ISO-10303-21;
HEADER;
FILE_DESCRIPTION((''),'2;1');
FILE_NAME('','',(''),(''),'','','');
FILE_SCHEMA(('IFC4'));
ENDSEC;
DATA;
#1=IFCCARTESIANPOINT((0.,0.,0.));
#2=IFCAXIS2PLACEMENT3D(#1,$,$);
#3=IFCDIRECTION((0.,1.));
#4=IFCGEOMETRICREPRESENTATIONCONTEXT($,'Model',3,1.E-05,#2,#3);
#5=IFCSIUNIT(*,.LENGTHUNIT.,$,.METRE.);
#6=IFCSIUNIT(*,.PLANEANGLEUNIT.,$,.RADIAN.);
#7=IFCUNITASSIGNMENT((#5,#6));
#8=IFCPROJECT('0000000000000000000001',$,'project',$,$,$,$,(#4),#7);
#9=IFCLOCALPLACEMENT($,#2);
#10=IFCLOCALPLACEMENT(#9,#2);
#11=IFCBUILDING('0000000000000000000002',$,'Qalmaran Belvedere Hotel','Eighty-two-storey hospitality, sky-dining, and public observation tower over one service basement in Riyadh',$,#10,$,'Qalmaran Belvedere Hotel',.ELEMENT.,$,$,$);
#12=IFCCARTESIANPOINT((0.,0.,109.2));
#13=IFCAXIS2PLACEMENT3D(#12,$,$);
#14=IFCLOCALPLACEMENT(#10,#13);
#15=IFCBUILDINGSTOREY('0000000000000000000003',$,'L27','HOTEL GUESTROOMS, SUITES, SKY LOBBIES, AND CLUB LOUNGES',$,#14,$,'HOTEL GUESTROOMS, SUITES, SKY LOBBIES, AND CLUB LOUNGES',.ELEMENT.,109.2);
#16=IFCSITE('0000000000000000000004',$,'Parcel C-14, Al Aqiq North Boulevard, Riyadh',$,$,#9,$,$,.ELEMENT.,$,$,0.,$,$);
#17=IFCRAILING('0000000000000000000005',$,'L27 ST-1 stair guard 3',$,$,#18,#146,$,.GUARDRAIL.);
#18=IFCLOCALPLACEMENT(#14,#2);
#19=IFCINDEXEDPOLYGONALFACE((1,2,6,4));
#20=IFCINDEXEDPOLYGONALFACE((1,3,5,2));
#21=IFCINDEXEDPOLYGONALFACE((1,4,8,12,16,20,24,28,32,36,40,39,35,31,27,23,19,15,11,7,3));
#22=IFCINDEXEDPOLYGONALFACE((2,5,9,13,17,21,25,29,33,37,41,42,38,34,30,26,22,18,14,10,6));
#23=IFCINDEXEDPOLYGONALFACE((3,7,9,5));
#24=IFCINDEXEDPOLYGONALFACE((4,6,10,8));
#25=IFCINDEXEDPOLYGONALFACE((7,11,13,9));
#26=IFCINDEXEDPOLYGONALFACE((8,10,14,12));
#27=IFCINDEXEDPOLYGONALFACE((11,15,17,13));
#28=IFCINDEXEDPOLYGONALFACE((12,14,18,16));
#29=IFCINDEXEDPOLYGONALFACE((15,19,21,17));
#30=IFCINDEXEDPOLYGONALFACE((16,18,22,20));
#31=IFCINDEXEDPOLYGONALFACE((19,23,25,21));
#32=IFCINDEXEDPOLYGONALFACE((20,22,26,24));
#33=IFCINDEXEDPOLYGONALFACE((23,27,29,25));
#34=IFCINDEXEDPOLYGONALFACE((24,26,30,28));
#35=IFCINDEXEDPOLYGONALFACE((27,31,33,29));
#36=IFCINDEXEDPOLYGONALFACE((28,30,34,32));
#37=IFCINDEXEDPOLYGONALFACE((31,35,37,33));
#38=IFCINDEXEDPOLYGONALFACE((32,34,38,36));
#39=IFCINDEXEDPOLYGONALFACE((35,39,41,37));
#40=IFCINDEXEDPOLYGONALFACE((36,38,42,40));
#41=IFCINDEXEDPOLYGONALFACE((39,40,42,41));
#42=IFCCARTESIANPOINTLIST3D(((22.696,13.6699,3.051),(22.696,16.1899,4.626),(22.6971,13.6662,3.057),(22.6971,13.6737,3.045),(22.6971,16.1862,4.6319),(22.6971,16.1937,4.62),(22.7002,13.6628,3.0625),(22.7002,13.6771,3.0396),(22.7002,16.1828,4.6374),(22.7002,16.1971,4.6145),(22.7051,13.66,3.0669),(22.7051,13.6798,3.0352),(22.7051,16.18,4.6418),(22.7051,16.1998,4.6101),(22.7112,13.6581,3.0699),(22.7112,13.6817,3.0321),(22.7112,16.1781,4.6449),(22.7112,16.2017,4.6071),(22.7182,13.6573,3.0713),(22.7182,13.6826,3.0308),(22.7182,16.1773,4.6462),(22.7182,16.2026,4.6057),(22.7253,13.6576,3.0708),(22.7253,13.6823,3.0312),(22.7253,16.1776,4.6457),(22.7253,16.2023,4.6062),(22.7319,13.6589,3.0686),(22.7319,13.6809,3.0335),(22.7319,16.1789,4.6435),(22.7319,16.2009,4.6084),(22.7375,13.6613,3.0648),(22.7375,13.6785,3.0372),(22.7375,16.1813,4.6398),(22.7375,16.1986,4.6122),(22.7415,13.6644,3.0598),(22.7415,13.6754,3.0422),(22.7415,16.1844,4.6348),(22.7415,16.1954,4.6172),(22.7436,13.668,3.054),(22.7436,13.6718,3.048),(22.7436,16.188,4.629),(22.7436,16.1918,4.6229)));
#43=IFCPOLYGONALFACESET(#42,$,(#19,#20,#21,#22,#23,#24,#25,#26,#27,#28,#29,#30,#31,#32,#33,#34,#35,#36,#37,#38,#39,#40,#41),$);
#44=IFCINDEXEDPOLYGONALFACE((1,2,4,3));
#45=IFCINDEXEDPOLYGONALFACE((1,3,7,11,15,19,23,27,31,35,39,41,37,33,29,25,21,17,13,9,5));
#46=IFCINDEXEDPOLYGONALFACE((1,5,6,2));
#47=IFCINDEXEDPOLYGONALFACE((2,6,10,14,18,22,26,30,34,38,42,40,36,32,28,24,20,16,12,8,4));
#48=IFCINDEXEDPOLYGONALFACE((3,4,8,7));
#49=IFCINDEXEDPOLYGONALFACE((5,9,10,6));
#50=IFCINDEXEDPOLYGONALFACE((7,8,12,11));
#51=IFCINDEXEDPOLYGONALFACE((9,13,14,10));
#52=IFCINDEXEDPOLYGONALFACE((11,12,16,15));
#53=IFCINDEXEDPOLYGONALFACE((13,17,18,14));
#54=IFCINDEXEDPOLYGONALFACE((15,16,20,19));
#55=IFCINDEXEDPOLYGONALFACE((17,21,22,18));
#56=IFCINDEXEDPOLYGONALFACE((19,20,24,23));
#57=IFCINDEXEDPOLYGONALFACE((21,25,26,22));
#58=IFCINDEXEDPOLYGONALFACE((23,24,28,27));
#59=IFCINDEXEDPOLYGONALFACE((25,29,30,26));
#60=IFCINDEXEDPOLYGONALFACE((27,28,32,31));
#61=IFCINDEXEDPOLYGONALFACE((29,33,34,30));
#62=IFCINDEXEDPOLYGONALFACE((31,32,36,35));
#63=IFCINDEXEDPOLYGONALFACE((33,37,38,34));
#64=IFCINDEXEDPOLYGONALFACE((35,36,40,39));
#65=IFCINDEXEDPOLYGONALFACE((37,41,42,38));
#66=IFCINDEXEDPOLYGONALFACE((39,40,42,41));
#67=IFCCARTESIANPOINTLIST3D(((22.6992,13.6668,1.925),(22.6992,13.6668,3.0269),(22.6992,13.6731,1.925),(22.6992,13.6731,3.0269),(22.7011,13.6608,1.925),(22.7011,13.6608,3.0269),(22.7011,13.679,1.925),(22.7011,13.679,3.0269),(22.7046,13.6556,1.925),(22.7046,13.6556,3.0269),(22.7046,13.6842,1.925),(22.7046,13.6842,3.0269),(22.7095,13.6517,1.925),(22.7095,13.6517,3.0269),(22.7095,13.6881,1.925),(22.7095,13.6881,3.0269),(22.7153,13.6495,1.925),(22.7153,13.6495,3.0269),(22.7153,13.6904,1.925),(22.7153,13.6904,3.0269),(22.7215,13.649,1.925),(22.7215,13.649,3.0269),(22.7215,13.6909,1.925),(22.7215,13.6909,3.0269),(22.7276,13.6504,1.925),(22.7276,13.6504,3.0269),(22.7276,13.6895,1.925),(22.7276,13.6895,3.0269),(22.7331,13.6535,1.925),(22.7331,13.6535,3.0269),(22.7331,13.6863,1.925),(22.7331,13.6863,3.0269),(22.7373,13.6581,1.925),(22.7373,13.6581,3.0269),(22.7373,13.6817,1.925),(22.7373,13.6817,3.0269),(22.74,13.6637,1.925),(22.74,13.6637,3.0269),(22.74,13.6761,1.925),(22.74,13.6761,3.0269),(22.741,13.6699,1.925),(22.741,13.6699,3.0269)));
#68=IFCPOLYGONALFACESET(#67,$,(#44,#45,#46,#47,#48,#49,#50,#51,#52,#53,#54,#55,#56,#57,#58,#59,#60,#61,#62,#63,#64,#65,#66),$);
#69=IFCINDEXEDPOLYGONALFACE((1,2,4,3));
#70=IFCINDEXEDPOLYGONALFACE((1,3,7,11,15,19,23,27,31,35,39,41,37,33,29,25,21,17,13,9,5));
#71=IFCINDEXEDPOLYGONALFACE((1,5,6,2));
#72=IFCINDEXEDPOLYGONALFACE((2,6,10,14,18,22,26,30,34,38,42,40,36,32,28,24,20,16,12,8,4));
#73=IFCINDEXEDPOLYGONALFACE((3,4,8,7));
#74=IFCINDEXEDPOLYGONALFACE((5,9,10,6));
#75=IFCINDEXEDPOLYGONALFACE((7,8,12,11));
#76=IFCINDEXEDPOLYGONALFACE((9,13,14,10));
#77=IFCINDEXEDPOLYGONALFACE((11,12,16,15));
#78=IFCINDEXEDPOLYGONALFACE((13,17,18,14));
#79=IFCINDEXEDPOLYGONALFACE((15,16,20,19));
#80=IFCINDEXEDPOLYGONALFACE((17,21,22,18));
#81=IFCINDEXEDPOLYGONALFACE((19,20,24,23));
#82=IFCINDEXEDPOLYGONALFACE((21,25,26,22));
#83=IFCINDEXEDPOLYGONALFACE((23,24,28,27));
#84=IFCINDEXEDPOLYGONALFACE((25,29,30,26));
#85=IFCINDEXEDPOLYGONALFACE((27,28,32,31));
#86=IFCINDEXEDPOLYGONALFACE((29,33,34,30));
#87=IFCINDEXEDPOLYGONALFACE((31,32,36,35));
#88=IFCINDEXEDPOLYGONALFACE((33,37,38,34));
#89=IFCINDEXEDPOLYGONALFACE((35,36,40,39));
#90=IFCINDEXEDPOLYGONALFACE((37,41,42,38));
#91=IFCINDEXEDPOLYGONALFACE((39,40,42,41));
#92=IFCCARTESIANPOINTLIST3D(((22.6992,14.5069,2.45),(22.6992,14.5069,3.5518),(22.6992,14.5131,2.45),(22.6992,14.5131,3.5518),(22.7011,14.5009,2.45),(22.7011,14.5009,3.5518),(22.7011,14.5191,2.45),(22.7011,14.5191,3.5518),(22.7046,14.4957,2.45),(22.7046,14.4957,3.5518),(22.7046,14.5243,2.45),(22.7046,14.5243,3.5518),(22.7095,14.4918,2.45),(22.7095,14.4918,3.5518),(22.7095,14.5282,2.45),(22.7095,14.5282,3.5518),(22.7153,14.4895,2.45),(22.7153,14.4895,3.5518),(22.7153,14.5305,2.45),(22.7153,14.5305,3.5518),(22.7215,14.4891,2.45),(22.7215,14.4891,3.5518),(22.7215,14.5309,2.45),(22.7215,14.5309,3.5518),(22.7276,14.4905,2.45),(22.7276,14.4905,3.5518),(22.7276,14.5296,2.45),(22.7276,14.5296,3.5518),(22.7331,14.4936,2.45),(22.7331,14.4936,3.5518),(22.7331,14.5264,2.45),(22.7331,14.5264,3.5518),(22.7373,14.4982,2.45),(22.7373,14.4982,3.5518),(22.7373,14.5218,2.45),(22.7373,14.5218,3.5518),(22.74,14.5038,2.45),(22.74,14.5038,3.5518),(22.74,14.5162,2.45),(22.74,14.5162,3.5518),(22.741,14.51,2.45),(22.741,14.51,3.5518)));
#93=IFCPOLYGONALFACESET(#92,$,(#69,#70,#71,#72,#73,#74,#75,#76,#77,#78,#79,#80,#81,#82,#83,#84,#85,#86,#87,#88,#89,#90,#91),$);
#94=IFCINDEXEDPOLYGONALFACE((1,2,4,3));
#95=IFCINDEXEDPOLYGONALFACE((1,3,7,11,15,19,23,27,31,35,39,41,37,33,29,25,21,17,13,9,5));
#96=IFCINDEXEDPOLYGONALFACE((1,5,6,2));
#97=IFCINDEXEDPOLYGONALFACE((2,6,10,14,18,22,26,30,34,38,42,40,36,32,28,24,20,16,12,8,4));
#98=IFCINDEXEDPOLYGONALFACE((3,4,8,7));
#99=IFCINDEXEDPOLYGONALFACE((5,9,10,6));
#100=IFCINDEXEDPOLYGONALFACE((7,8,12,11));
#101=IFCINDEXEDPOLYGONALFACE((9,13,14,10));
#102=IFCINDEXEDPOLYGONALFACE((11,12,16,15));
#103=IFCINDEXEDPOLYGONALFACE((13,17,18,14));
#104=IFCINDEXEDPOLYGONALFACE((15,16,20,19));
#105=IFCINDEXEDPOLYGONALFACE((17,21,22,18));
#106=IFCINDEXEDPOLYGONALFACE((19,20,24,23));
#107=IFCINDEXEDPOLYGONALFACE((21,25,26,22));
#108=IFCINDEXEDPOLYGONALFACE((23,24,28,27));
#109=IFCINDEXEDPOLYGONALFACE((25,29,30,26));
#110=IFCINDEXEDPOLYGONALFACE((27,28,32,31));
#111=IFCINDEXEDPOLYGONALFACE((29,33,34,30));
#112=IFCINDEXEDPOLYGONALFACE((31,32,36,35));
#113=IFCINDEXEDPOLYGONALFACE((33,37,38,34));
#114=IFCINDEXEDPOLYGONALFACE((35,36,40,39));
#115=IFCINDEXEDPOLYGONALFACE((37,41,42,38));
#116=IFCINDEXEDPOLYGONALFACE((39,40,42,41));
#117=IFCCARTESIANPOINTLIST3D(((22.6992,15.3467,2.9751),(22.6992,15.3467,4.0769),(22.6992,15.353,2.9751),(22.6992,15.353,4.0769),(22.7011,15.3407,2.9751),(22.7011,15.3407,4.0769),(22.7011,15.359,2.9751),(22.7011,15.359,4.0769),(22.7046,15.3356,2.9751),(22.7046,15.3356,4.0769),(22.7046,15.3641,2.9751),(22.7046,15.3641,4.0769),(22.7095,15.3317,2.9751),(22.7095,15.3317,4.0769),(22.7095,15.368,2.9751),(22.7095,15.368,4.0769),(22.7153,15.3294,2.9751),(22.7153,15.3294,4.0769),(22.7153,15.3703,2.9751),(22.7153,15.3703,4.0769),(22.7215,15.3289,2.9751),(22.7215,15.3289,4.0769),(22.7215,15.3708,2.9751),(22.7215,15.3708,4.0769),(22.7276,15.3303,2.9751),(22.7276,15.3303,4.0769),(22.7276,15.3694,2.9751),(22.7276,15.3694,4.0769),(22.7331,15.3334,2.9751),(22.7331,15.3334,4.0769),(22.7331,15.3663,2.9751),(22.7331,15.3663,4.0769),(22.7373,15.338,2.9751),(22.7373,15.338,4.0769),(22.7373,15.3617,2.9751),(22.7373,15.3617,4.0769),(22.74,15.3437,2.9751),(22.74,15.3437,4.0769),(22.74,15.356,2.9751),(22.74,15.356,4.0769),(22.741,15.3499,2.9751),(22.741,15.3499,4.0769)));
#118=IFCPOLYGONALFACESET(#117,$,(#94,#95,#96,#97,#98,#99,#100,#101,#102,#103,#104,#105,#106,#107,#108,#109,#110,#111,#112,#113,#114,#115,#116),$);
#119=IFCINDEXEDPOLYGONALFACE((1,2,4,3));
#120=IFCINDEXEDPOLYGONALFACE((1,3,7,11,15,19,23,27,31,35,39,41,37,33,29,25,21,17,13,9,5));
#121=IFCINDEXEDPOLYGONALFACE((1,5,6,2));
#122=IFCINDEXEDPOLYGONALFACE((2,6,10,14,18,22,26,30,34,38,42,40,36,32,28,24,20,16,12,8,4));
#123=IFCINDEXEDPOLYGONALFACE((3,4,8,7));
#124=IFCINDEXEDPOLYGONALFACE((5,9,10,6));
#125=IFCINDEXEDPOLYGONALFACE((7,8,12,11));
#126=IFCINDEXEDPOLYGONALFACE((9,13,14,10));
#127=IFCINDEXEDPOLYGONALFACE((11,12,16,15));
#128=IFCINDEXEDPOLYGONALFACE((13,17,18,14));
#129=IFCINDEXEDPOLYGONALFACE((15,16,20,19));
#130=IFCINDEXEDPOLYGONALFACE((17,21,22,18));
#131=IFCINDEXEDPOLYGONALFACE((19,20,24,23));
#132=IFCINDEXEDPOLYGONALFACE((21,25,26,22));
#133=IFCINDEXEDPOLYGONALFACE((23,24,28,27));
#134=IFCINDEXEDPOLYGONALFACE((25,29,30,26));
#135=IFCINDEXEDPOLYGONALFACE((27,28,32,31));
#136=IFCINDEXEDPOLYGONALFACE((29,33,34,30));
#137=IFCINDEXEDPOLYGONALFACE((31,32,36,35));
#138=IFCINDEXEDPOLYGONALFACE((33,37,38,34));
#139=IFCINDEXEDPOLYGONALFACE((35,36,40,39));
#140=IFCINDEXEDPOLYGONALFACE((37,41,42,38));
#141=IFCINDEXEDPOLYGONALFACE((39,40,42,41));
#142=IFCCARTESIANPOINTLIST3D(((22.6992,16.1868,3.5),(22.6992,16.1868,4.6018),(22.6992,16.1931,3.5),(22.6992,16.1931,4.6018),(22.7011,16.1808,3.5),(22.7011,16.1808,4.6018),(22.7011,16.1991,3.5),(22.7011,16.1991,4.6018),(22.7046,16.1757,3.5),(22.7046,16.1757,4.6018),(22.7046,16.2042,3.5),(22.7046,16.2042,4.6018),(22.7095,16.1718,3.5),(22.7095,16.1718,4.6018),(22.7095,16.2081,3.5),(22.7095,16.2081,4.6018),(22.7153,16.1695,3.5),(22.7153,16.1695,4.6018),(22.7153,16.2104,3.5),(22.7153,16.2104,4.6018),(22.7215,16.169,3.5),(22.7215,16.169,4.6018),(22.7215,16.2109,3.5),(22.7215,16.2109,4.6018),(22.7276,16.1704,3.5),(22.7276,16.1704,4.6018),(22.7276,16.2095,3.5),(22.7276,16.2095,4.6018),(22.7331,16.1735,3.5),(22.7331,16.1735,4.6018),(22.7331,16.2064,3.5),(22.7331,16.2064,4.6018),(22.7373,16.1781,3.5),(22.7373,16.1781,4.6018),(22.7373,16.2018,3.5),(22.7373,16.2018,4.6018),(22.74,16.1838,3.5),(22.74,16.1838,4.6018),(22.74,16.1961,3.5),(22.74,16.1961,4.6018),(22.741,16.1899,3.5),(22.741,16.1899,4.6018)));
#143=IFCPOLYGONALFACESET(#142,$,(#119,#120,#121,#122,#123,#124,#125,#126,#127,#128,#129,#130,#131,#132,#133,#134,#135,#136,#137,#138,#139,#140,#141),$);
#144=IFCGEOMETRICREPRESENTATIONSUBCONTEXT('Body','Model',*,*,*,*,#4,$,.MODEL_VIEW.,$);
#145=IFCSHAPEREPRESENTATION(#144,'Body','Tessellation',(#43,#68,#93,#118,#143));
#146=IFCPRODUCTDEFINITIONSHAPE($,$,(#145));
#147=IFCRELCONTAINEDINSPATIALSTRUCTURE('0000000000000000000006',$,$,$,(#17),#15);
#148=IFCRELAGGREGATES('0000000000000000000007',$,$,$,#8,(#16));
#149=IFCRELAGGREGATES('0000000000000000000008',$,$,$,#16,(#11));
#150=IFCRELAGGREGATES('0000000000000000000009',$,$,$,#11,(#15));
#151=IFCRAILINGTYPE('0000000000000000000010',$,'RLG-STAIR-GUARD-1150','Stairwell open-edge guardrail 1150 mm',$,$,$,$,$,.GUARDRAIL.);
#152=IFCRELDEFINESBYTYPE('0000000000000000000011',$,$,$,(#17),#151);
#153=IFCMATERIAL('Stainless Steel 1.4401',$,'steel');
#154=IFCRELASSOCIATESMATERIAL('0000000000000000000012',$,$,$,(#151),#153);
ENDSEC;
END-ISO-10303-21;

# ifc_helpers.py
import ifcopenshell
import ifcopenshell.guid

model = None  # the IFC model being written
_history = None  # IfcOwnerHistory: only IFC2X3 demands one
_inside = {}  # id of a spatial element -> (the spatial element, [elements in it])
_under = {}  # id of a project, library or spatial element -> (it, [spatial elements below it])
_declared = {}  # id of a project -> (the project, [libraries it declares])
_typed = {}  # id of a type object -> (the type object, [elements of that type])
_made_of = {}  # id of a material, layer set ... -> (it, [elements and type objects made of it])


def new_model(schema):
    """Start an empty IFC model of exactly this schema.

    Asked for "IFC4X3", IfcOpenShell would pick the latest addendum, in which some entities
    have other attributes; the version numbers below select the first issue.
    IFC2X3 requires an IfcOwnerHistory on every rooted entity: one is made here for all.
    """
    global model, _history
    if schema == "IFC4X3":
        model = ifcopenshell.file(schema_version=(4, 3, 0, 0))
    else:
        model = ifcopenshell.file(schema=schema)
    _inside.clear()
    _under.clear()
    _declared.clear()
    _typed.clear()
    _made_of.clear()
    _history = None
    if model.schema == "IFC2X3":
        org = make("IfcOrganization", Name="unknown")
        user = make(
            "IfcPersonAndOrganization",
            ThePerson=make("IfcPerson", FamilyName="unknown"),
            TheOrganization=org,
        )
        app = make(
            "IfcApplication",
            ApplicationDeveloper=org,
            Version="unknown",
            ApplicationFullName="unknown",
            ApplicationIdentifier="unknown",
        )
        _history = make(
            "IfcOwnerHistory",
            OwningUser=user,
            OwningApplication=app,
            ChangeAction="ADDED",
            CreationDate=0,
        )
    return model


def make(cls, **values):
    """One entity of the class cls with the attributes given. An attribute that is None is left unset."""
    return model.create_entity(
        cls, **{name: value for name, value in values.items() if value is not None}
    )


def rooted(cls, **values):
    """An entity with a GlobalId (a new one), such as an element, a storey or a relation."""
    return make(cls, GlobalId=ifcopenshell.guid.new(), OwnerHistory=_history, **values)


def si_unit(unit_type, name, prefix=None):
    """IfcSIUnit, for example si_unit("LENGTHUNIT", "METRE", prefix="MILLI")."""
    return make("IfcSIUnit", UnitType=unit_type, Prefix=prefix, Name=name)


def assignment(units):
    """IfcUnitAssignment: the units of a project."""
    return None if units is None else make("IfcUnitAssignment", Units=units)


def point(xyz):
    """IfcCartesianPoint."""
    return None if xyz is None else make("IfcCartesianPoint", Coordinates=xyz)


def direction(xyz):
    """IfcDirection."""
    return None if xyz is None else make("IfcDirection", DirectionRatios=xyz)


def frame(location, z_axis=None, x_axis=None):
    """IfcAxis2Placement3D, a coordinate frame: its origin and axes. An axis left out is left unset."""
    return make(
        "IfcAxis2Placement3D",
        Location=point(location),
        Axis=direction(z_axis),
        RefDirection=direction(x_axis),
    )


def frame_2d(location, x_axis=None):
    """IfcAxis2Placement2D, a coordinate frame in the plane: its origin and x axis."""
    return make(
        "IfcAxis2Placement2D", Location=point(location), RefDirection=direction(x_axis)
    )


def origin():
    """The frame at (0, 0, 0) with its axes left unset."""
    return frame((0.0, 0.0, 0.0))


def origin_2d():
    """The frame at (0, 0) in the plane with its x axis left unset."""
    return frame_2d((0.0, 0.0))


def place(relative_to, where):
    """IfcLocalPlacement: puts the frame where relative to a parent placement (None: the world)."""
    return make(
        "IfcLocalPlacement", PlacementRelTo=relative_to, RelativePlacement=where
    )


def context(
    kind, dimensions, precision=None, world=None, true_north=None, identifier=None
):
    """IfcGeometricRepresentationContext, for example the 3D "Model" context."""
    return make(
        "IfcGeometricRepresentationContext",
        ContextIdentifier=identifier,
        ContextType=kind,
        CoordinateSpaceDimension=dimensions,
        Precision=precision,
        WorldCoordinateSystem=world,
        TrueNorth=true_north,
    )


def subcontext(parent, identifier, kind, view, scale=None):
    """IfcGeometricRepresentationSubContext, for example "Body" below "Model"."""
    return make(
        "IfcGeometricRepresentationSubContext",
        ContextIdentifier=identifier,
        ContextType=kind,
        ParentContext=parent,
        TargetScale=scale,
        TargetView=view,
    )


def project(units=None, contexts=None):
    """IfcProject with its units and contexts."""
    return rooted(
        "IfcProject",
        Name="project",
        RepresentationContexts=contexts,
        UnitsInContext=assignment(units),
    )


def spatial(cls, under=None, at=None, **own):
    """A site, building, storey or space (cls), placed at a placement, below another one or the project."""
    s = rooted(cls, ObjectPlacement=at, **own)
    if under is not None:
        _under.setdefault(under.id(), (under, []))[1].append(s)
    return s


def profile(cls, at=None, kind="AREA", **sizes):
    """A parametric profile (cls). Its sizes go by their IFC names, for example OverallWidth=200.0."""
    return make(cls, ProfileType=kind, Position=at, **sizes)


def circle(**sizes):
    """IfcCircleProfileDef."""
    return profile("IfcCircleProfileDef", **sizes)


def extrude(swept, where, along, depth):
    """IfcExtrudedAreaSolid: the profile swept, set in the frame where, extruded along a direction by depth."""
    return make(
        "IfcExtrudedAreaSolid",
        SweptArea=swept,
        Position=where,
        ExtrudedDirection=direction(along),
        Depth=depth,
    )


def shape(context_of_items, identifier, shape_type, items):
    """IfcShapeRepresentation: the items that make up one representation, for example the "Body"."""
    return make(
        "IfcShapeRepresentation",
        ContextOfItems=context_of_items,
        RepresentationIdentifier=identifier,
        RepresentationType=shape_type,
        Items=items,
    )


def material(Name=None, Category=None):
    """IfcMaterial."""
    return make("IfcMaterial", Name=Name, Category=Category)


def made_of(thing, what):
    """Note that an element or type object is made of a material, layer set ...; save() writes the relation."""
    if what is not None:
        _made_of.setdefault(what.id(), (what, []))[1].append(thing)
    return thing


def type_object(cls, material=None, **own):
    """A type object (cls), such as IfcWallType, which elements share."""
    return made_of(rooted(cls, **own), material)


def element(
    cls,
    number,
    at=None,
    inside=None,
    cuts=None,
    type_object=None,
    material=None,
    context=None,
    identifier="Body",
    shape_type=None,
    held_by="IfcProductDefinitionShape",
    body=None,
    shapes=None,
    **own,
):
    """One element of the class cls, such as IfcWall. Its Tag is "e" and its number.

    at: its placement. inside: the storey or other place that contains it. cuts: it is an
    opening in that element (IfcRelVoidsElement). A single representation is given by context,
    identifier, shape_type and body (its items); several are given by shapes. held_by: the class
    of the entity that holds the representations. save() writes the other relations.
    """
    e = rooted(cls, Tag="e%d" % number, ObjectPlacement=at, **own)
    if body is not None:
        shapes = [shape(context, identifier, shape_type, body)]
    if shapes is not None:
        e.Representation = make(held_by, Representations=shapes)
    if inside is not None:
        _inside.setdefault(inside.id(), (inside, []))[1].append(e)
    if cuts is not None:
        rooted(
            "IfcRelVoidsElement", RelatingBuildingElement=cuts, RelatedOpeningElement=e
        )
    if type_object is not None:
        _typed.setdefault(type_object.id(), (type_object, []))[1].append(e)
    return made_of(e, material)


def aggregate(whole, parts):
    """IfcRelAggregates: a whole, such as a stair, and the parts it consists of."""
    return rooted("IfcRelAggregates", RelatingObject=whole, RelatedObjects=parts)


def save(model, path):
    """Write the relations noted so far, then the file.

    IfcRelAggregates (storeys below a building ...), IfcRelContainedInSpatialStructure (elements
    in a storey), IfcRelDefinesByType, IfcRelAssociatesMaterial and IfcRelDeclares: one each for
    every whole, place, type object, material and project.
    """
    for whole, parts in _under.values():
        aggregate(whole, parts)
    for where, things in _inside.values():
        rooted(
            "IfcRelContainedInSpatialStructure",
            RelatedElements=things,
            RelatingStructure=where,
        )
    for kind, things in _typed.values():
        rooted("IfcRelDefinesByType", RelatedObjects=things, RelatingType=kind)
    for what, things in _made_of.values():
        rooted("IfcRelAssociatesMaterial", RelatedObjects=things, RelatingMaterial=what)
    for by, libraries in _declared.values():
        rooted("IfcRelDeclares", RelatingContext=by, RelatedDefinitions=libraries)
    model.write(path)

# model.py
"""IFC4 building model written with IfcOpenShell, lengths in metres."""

from ifc_helpers import new_model, si_unit, direction, frame, origin, origin_2d, place, context, subcontext, project, spatial, circle, extrude, material, type_object, element, save


model = new_model("IFC4")

# Units and contexts
model_context = context("Model", 3, precision=1e-05, world=origin(), true_north=direction((0.0, 1.0)))
body_context = subcontext(model_context, "Body", "Model", "MODEL_VIEW")
ifc_project = project(units=[si_unit("LENGTHUNIT", "METRE"), si_unit("PLANEANGLEUNIT", "RADIAN")], contexts=[model_context])

# Site, building, storey
site_placement = place(None, origin())
site = spatial("IfcSite", under=ifc_project, at=site_placement, Name="Parcel C-14, Al Aqiq North Boulevard, Riyadh", CompositionType="ELEMENT", RefElevation=0.0)
building_placement = place(site_placement, origin())
building = spatial("IfcBuilding", under=site, at=building_placement, Name="Qalmaran Belvedere Hotel", Description="Eighty-two-storey hospitality, sky-dining, and public observation tower over one service basement in Riyadh", LongName="Qalmaran Belvedere Hotel", CompositionType="ELEMENT")
storey_placement = place(building_placement, frame((0.0, 0.0, 109.2)))
storey = spatial("IfcBuildingStorey", under=building, at=storey_placement, Name="L27", Description="HOTEL GUESTROOMS, SUITES, SKY LOBBIES, AND CLUB LOUNGES", LongName="HOTEL GUESTROOMS, SUITES, SKY LOBBIES, AND CLUB LOUNGES", CompositionType="ELEMENT", Elevation=109.2)

# Railing
ifc_material_1 = material(Name="Stainless Steel 1.4401", Category="steel")
railing_type_1 = type_object("IfcRailingType", Name="RLG-STAIR-GUARD-1150", Description="Stairwell open-edge guardrail 1150 mm", PredefinedType="GUARDRAIL", material=ifc_material_1)
railing_1_placement = place(storey_placement, frame((22.72, 13.6699, 1.925)))
element("IfcRailing", 1, at=railing_1_placement, inside=storey, type_object=railing_type_1, Name="L27 ST-1 stair guard 3", PredefinedType="GUARDRAIL", context=body_context, shape_type="SweptSolid", body=[
    extrude(circle(Radius=0.0239, at=origin_2d()), frame((0.0, 0.0, 1.126), z_axis=(0.0, 0.848008, 0.529984), x_axis=(-1.0, 0.0, 0.0)), (0.0, 0.0, 1.0), 2.9717),
    extrude(circle(Radius=0.021, at=origin_2d()), origin(), (0.0, 0.0, 1.0), 1.1018),
    extrude(circle(Radius=0.021, at=origin_2d()), frame((0.0, 0.8401, 0.5249)), (0.0, 0.0, 1.0), 1.1018),
    extrude(circle(Radius=0.021, at=origin_2d()), frame((0.0, 1.6799, 1.05)), (0.0, 0.0, 1.0), 1.1018),
    extrude(circle(Radius=0.021, at=origin_2d()), frame((0.0, 2.52, 1.575)), (0.0, 0.0, 1.0), 1.1018),
])

save(model, "model.ifc")
